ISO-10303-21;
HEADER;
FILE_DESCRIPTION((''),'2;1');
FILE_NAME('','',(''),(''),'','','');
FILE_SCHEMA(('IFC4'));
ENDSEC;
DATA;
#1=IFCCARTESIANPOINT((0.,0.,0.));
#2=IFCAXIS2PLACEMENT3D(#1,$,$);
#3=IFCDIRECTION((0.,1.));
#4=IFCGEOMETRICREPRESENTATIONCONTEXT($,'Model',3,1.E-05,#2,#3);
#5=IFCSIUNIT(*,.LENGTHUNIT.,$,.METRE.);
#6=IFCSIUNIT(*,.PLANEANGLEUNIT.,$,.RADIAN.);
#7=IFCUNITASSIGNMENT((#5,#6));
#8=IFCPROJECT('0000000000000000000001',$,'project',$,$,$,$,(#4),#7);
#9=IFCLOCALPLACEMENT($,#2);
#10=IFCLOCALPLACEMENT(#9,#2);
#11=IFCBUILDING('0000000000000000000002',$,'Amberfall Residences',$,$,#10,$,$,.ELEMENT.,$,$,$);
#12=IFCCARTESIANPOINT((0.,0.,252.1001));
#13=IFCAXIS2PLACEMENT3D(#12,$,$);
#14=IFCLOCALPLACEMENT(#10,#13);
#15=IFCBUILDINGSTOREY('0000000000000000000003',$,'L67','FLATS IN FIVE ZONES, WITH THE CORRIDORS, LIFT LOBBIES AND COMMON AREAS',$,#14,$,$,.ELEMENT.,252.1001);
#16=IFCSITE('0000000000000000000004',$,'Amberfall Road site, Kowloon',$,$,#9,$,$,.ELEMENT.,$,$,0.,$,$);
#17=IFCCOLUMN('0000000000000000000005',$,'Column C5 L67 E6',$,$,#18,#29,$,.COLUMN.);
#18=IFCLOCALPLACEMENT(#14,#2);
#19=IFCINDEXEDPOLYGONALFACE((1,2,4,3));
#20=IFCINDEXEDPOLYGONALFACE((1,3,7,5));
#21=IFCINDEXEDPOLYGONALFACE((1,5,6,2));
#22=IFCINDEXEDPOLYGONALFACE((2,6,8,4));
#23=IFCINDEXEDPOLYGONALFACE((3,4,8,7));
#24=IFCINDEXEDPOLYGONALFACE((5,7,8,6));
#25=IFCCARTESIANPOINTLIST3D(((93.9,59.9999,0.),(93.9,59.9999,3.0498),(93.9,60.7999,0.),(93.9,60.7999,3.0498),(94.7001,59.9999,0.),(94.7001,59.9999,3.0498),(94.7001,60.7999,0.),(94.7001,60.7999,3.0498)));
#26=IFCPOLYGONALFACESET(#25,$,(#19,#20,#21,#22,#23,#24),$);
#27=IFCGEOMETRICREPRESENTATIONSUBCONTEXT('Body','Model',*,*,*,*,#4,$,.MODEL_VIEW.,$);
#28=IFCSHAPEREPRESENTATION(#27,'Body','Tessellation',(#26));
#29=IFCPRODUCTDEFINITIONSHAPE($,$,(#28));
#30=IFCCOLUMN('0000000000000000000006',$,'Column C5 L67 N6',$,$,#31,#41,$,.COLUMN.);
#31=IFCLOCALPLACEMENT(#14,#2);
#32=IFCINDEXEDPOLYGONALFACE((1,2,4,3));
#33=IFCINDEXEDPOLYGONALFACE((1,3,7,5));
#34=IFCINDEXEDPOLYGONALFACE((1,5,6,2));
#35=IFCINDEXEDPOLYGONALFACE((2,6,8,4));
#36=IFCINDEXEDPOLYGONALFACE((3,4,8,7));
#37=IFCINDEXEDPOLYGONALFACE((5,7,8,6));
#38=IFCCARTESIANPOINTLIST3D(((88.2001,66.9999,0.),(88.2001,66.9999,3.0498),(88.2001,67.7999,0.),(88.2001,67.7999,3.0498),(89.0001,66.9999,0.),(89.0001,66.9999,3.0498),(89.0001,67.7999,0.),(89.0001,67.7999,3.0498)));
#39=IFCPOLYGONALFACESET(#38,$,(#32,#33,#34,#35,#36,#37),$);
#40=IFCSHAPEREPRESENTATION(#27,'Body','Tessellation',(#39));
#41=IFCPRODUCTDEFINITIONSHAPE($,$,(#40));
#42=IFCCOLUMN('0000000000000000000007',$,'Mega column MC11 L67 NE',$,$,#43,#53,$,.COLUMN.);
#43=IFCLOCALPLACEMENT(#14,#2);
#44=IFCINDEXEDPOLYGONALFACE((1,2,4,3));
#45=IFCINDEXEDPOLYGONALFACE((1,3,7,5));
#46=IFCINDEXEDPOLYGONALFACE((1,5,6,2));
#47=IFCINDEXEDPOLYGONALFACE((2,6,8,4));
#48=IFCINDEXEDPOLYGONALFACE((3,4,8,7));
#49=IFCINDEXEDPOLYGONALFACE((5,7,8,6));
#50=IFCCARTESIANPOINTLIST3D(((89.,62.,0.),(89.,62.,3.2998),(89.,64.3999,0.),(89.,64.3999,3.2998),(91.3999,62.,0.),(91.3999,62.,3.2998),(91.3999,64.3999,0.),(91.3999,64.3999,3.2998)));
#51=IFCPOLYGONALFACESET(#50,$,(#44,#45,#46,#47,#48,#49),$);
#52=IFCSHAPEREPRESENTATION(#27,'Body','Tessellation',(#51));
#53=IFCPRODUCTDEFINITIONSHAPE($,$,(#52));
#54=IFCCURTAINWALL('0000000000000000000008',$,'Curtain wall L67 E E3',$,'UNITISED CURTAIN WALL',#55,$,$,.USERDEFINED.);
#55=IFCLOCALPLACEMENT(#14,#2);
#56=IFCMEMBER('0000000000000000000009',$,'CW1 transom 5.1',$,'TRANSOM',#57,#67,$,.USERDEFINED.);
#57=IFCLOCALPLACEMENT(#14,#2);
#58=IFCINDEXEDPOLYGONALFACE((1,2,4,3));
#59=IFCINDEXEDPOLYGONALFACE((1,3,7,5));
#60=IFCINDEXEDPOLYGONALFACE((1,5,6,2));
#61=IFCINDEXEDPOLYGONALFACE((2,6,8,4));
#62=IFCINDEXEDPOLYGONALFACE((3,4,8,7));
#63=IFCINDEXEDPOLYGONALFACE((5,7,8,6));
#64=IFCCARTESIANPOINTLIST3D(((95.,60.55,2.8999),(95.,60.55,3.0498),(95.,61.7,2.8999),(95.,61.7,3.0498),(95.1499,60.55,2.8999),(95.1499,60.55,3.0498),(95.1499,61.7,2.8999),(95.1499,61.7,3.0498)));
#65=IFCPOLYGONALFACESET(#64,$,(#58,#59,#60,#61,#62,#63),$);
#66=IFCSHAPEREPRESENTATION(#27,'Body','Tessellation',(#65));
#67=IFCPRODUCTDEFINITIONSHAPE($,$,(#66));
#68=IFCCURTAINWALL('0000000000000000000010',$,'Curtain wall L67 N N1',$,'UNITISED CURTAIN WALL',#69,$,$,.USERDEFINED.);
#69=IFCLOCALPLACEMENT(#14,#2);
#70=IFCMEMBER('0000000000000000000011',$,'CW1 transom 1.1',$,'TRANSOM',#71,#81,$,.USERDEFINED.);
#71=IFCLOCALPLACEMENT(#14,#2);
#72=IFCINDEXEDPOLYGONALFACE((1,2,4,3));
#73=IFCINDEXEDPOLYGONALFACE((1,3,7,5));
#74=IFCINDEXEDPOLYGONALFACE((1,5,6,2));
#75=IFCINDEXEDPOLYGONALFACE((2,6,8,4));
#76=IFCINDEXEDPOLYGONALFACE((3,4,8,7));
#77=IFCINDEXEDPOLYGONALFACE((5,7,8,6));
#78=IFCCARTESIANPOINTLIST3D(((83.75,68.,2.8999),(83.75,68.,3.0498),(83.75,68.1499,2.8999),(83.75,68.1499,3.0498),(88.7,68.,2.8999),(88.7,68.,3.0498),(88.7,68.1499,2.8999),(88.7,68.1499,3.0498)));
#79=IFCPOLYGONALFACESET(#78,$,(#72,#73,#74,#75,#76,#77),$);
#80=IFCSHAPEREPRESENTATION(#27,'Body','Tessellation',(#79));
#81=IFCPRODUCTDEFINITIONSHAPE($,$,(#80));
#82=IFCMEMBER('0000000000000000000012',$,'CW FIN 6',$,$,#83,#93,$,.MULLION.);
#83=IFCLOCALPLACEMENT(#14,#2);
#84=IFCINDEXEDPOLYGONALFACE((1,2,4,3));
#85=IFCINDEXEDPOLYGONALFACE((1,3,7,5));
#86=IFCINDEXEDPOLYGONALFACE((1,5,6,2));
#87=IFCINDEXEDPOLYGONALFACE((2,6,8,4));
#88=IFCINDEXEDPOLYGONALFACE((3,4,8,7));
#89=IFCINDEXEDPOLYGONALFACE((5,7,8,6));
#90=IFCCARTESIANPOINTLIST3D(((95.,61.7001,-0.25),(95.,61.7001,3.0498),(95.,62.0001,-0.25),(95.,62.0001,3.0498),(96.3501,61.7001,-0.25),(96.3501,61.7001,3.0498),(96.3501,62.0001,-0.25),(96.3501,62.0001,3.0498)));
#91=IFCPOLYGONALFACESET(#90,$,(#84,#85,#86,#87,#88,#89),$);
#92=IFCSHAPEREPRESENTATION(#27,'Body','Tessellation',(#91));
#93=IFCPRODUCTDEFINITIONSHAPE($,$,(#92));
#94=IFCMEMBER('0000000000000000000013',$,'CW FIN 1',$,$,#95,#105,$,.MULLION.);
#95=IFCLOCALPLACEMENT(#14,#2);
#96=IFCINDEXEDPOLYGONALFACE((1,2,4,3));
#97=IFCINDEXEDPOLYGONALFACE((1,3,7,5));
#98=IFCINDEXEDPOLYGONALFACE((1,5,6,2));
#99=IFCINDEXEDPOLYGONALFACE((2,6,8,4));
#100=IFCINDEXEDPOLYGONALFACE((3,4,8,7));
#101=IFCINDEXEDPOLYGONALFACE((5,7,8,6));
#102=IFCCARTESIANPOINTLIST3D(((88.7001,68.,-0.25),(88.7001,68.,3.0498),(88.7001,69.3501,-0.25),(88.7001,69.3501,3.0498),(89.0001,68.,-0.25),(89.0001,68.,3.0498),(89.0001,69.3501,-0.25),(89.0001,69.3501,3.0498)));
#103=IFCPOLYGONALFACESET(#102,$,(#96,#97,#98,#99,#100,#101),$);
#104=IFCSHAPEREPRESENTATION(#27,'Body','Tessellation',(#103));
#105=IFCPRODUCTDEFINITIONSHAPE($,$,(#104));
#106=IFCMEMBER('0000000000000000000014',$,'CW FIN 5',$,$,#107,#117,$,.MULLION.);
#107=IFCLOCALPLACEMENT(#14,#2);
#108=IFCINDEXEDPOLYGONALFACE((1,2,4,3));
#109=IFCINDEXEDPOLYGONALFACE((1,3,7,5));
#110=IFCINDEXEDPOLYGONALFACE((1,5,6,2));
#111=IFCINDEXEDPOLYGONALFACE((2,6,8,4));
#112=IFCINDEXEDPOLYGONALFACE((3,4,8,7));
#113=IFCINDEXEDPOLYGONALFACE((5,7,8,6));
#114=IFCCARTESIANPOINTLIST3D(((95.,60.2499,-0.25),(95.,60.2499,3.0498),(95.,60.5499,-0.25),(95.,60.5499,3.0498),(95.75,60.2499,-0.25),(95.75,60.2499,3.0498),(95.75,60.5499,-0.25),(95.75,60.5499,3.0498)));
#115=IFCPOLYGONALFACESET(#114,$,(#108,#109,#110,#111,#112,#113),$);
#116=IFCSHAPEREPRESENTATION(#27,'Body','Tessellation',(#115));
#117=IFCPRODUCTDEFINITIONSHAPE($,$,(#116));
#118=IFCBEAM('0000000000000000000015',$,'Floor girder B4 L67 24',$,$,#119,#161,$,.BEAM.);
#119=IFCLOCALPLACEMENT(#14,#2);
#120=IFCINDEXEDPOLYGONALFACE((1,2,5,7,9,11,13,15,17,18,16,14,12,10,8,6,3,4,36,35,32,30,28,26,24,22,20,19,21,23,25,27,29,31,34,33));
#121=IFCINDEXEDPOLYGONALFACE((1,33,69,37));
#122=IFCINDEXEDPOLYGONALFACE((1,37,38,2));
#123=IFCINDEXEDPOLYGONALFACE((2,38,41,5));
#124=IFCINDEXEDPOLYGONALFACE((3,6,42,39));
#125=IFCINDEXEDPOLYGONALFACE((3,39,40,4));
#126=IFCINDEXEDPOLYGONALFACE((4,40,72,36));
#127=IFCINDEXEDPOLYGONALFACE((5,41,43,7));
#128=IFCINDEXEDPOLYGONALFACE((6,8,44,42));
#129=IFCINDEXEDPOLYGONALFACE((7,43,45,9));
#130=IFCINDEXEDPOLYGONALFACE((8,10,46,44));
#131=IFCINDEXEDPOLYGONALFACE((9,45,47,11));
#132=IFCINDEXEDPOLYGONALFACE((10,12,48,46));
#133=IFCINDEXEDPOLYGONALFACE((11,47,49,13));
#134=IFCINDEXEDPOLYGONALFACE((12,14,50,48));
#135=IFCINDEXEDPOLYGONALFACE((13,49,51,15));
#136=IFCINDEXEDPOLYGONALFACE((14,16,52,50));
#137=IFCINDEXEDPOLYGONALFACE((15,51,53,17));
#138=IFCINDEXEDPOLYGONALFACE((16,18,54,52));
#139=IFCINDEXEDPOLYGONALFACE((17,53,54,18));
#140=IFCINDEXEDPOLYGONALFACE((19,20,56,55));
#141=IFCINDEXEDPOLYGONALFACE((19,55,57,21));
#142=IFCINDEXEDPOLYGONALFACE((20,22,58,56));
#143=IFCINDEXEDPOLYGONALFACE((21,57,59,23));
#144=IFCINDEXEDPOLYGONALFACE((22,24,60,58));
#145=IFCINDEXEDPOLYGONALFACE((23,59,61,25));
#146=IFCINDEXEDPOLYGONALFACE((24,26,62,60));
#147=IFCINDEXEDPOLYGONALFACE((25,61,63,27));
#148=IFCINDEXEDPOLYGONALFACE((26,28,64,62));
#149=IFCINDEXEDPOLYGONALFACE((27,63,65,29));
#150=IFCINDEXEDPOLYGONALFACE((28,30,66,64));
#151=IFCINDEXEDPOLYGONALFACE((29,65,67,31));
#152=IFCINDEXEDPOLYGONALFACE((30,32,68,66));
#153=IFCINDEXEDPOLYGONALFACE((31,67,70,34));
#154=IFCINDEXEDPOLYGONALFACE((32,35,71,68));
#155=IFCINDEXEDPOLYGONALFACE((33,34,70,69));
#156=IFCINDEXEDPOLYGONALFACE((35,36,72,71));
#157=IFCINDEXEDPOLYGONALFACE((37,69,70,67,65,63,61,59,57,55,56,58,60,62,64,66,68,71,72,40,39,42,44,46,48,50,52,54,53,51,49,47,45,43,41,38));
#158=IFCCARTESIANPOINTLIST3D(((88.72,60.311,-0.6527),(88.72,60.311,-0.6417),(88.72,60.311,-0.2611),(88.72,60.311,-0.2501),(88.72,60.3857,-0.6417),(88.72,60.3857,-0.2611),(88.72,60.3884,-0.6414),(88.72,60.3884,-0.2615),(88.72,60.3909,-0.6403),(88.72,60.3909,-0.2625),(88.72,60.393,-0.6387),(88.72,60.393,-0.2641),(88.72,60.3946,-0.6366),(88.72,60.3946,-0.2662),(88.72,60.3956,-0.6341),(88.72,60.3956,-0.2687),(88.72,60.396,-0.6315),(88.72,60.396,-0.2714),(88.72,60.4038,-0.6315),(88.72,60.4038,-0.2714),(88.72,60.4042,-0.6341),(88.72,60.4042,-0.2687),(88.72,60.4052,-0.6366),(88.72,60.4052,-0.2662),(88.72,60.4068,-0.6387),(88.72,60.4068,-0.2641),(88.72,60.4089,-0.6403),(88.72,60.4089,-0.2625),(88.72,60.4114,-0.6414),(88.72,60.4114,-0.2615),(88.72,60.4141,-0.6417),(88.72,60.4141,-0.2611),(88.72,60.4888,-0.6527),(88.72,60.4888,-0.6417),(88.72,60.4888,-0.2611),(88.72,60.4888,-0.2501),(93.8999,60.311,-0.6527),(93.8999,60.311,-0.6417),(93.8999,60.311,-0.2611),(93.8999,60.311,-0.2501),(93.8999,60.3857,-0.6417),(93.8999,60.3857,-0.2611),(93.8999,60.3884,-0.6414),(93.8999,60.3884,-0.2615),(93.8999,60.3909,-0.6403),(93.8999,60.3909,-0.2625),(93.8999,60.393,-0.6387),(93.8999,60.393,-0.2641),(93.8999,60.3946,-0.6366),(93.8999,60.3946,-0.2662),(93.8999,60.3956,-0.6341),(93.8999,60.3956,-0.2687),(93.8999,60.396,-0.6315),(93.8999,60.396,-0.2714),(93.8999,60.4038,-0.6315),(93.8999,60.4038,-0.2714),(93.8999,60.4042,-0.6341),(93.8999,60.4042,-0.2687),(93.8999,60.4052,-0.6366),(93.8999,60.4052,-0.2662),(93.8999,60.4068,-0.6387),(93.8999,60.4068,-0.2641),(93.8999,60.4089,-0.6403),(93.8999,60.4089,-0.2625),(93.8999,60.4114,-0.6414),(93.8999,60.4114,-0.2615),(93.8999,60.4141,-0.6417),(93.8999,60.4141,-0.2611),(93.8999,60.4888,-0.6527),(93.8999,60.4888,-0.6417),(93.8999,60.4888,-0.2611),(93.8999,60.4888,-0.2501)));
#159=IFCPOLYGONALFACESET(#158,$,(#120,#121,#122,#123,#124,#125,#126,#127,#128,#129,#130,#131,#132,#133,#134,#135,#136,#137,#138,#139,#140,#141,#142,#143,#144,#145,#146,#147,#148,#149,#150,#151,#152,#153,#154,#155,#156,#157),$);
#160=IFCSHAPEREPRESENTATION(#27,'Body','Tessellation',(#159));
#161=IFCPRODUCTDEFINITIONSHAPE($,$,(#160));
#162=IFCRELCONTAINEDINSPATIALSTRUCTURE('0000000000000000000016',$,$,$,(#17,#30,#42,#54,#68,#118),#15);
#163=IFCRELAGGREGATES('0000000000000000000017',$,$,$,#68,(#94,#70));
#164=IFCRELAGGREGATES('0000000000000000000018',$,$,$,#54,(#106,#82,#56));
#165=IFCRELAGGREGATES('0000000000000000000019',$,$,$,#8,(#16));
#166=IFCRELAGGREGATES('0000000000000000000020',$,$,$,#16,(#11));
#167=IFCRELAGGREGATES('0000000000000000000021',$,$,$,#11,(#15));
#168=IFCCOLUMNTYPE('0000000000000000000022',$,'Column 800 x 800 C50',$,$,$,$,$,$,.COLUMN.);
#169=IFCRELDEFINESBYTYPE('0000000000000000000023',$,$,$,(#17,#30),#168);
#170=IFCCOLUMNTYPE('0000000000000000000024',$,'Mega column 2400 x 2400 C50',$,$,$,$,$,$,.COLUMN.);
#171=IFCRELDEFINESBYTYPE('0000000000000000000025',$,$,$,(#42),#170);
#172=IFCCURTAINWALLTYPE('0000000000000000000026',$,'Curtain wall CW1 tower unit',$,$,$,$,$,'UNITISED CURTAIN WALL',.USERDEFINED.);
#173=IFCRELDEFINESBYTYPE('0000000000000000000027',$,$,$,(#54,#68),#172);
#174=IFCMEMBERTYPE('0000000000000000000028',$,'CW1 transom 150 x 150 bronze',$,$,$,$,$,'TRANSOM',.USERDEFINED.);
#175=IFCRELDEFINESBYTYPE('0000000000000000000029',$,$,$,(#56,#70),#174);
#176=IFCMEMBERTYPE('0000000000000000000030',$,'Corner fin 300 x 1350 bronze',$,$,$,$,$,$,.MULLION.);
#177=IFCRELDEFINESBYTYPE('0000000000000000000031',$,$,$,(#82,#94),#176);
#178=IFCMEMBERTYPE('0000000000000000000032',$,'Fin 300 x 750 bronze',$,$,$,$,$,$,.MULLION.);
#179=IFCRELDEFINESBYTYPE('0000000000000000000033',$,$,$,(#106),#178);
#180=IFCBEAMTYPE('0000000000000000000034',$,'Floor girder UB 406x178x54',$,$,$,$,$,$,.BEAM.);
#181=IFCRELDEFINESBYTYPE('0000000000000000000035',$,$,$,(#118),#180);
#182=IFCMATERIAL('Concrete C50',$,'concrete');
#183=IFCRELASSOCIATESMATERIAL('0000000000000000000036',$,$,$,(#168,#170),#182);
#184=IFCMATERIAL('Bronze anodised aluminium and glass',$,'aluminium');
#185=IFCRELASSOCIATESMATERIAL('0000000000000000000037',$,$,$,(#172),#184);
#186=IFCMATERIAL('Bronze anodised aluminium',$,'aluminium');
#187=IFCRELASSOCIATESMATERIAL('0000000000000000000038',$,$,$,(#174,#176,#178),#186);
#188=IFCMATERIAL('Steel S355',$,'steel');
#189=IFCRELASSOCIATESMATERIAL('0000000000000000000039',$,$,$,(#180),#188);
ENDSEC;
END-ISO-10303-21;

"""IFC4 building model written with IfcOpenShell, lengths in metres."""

from ifc_helpers import new_model, si_unit, direction, frame, origin, origin_2d, place, context, subcontext, project, spatial, rectangle, i_section, extrude, material, material_profile, profile_set, type_object, element, aggregate, save


model = new_model("IFC4")

# Units and contexts
model_context = context("Model", 3, precision=1e-05, world=origin(), true_north=direction((0.0, 1.0)))
body_context = subcontext(model_context, "Body", "Model", "MODEL_VIEW")
ifc_project = project(units=[si_unit("LENGTHUNIT", "METRE"), si_unit("PLANEANGLEUNIT", "RADIAN")], contexts=[model_context])

# Site, building, storey
site_placement = place(None, origin())
site = spatial("IfcSite", under=ifc_project, at=site_placement, Name="Amberfall Road site, Kowloon", CompositionType="ELEMENT", RefElevation=0.0)
building_placement = place(site_placement, origin())
building = spatial("IfcBuilding", under=site, at=building_placement, Name="Amberfall Residences", CompositionType="ELEMENT")
storey_placement = place(building_placement, frame((0.0, 0.0, 252.1001)))
storey = spatial("IfcBuildingStorey", under=building, at=storey_placement, Name="L67", Description="FLATS IN FIVE ZONES, WITH THE CORRIDORS, LIFT LOBBIES AND COMMON AREAS", CompositionType="ELEMENT", Elevation=252.1001)

# Columns
ifc_material_1 = material(Name="Concrete C50", Category="concrete")
ifc_material_profile_1 = material_profile(ifc_material_1, rectangle(XDim=0.8, YDim=0.8, at=origin_2d()), Name="Column 800 x 800 C50")
ifc_profile_set_1 = profile_set([ifc_material_profile_1], Name="Concrete C50")
column_type_1 = type_object("IfcColumnType", Name="Column 800 x 800 C50", PredefinedType="COLUMN", material=ifc_profile_set_1)
for number, where, z_axis, x_axis, name in (
    (1, (94.3, 60.3999, 0.0), (0.0, 0.0, 1.0), (1.0, 0.0, 0.0), "Column C5 L67 E6"),
    (2, (88.6001, 67.3999, 0.0), (0.0, 0.0, 1.0), (1.0, 0.0, 0.0), "Column C5 L67 N6"),
):
    element("IfcColumn", number, at=place(storey_placement, frame(where, z_axis=z_axis, x_axis=x_axis)), inside=storey, type_object=column_type_1, Name=name, PredefinedType="COLUMN", context=body_context, shape_type="SweptSolid", body=[
        extrude(rectangle(XDim=0.8, YDim=0.8, at=origin_2d()), origin(), (0.0, 0.0, 1.0), 3.0498),
    ])
ifc_material_profile_2 = material_profile(ifc_material_1, rectangle(XDim=2.3999, YDim=2.3999, at=origin_2d()), Name="Mega column 2400 x 2400 C50")
ifc_profile_set_2 = profile_set([ifc_material_profile_2], Name="Concrete C50")
column_type_2 = type_object("IfcColumnType", Name="Mega column 2400 x 2400 C50", PredefinedType="COLUMN", material=ifc_profile_set_2)
column_placement = place(storey_placement, frame((90.2, 63.2, 0.0), z_axis=(0.0, 0.0, 1.0), x_axis=(1.0, 0.0, 0.0)))
element("IfcColumn", 3, at=column_placement, inside=storey, type_object=column_type_2, Name="Mega column MC11 L67 NE", PredefinedType="COLUMN", context=body_context, shape_type="SweptSolid", body=[
    extrude(rectangle(XDim=2.3999, YDim=2.3999, at=origin_2d()), origin(), (0.0, 0.0, 1.0), 3.2998),
])

# Curtain walls, members
ifc_material_2 = material(Name="Bronze anodised aluminium and glass", Category="aluminium")
curtain_wall_type = type_object("IfcCurtainWallType", Name="Curtain wall CW1 tower unit", ElementType="UNITISED CURTAIN WALL", PredefinedType="USERDEFINED", material=ifc_material_2)
curtain_wall_1_placement = place(storey_placement, origin())
curtain_wall_1 = element("IfcCurtainWall", 4, at=curtain_wall_1_placement, inside=storey, type_object=curtain_wall_type, Name="Curtain wall L67 E E3", ObjectType="UNITISED CURTAIN WALL", PredefinedType="USERDEFINED")
ifc_material_3 = material(Name="Bronze anodised aluminium", Category="aluminium")
ifc_material_profile_3 = material_profile(ifc_material_3, rectangle(XDim=0.1499, YDim=0.1499, at=origin_2d()), Name="CW1 transom 150 x 150 bronze")
ifc_profile_set_3 = profile_set([ifc_material_profile_3], Name="Bronze anodised aluminium")
member_type_1 = type_object("IfcMemberType", Name="CW1 transom 150 x 150 bronze", ElementType="TRANSOM", PredefinedType="USERDEFINED", material=ifc_profile_set_3)
member_1_placement = place(storey_placement, frame((95.075, 60.55, 2.9749), z_axis=(0.0, 1.0, 0.0), x_axis=(-1.0, 0.0, 0.0)))
member_1 = element("IfcMember", 5, at=member_1_placement, type_object=member_type_1, Name="CW1 transom 5.1", ObjectType="TRANSOM", PredefinedType="USERDEFINED", context=body_context, shape_type="SweptSolid", body=[
    extrude(rectangle(XDim=0.1499, YDim=0.1499, at=origin_2d()), origin(), (0.0, 0.0, 1.0), 1.1499),
])
curtain_wall_2_placement = place(storey_placement, origin())
curtain_wall_2 = element("IfcCurtainWall", 6, at=curtain_wall_2_placement, inside=storey, type_object=curtain_wall_type, Name="Curtain wall L67 N N1", ObjectType="UNITISED CURTAIN WALL", PredefinedType="USERDEFINED")
member_2_placement = place(storey_placement, frame((88.7, 68.075, 2.9749), z_axis=(-1.0, 0.0, 0.0), x_axis=(0.0, -1.0, 0.0)))
member_2 = element("IfcMember", 7, at=member_2_placement, type_object=member_type_1, Name="CW1 transom 1.1", ObjectType="TRANSOM", PredefinedType="USERDEFINED", context=body_context, shape_type="SweptSolid", body=[
    extrude(rectangle(XDim=0.1499, YDim=0.1499, at=origin_2d()), origin(), (0.0, 0.0, 1.0), 4.95),
])

# Members
ifc_material_profile_4 = material_profile(ifc_material_3, rectangle(XDim=1.3501, YDim=0.3, at=origin_2d()), Name="Corner fin 300 x 1350 bronze")
ifc_profile_set_4 = profile_set([ifc_material_profile_4], Name="Bronze anodised aluminium")
member_type_2 = type_object("IfcMemberType", Name="Corner fin 300 x 1350 bronze", PredefinedType="MULLION", material=ifc_profile_set_4)
member_3_placement = place(storey_placement, frame((95.675, 61.8501, -0.25), z_axis=(0.0, 0.0, 1.0), x_axis=(-1.0, 0.0, 0.0)))
member_3 = element("IfcMember", 8, at=member_3_placement, type_object=member_type_2, Name="CW FIN 6", PredefinedType="MULLION", context=body_context, shape_type="SweptSolid", body=[
    extrude(rectangle(XDim=1.3501, YDim=0.3, at=origin_2d()), origin(), (0.0, 0.0, 1.0), 3.2998),
])
member_4_placement = place(storey_placement, frame((88.8501, 68.675, -0.25), z_axis=(0.0, 0.0, 1.0), x_axis=(0.0, -1.0, 0.0)))
member_4 = element("IfcMember", 9, at=member_4_placement, type_object=member_type_2, Name="CW FIN 1", PredefinedType="MULLION", context=body_context, shape_type="SweptSolid", body=[
    extrude(rectangle(XDim=1.3501, YDim=0.3, at=origin_2d()), origin(), (0.0, 0.0, 1.0), 3.2998),
])
aggregate(curtain_wall_2, [member_4, member_2])
ifc_material_profile_5 = material_profile(ifc_material_3, rectangle(XDim=0.75, YDim=0.3, at=origin_2d()), Name="Fin 300 x 750 bronze")
ifc_profile_set_5 = profile_set([ifc_material_profile_5], Name="Bronze anodised aluminium")
member_type_3 = type_object("IfcMemberType", Name="Fin 300 x 750 bronze", PredefinedType="MULLION", material=ifc_profile_set_5)
member_5_placement = place(storey_placement, frame((95.375, 60.3999, -0.25), z_axis=(0.0, 0.0, 1.0), x_axis=(-1.0, 0.0, 0.0)))
member_5 = element("IfcMember", 10, at=member_5_placement, type_object=member_type_3, Name="CW FIN 5", PredefinedType="MULLION", context=body_context, shape_type="SweptSolid", body=[
    extrude(rectangle(XDim=0.75, YDim=0.3, at=origin_2d()), origin(), (0.0, 0.0, 1.0), 3.2998),
])

# Beam
ifc_material_4 = material(Name="Steel S355", Category="steel")
ifc_material_profile_6 = material_profile(ifc_material_4, i_section(OverallWidth=0.1777, OverallDepth=0.4026, WebThickness=0.0078, FlangeThickness=0.011, FilletRadius=0.0103, at=origin_2d()), Name="UB 406x178x54")
ifc_profile_set_6 = profile_set([ifc_material_profile_6], Name="Steel S355")
beam_type_1 = type_object("IfcBeamType", Name="Floor girder UB 406x178x54", PredefinedType="BEAM", material=ifc_profile_set_6)
beam_1_placement = place(storey_placement, frame((93.8999, 60.3999, -0.4514), z_axis=(-1.0, 0.0, 0.0), x_axis=(0.0, -1.0, 0.0)))
element("IfcBeam", 11, at=beam_1_placement, inside=storey, type_object=beam_type_1, Name="Floor girder B4 L67 24", PredefinedType="BEAM", context=body_context, shape_type="SweptSolid", body=[
    extrude(i_section(OverallWidth=0.1777, OverallDepth=0.4026, WebThickness=0.0078, FlangeThickness=0.011, FilletRadius=0.0103, at=origin_2d()), origin(), (0.0, 0.0, 1.0), 5.1799),
])

aggregate(curtain_wall_1, [member_5, member_3, member_1])

save(model, "model.ifc")
